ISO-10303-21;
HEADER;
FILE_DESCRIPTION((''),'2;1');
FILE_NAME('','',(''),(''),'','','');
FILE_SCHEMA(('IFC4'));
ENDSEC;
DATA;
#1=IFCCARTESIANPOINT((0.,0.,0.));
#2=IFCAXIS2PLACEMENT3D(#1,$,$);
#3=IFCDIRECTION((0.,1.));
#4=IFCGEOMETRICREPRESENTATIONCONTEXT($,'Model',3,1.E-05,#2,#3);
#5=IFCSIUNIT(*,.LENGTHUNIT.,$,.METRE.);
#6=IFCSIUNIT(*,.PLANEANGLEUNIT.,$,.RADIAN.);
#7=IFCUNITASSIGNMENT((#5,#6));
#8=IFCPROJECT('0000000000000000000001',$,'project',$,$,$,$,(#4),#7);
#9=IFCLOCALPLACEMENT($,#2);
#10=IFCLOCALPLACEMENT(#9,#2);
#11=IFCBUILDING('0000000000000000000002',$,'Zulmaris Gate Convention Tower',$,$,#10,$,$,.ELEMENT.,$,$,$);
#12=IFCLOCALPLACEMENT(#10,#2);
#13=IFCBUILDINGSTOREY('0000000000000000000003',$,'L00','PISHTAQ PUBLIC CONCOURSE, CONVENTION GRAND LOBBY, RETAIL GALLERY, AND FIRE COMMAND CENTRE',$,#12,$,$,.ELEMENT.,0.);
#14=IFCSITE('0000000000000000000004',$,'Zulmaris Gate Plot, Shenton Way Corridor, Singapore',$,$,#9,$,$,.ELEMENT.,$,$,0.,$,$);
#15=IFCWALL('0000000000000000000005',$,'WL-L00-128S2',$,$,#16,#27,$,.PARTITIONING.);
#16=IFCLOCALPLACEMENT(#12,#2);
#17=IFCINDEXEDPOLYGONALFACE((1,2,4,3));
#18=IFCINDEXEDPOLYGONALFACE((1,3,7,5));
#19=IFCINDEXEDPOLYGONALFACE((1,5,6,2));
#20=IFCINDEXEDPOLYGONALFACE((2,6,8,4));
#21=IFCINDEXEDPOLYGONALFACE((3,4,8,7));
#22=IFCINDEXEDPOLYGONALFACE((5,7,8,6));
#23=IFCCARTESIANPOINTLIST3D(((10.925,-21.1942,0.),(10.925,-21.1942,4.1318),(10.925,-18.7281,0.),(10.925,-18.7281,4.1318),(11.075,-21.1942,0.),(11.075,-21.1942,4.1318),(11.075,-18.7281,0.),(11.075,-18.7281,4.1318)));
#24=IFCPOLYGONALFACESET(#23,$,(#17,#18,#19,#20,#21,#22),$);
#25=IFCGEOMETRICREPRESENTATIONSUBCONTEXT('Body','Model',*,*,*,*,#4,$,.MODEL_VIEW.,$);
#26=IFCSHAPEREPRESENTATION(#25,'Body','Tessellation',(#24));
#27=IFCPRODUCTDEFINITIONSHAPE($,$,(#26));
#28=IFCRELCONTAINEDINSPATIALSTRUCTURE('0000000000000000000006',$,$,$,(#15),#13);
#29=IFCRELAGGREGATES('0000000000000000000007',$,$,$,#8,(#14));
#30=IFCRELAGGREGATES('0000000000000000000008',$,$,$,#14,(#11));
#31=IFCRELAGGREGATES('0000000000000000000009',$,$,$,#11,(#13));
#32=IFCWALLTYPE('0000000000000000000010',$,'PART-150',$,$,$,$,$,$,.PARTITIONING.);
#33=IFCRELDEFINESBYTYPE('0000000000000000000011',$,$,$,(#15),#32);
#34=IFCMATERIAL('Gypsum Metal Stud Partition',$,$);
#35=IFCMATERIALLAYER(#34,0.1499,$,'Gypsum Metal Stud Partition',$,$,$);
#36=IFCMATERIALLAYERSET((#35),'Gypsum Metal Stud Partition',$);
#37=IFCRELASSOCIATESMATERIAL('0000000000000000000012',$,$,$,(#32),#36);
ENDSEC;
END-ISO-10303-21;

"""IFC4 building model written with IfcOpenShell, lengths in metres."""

from ifc_helpers import new_model, si_unit, direction, frame, frame_2d, origin, place, context, subcontext, project, spatial, rectangle, extrude, material, layer, layer_set, type_object, element, save


model = new_model("IFC4")

# Units and contexts
model_context = context("Model", 3, precision=1e-05, world=origin(), true_north=direction((0.0, 1.0)))
body_context = subcontext(model_context, "Body", "Model", "MODEL_VIEW")
ifc_project = project(units=[si_unit("LENGTHUNIT", "METRE"), si_unit("PLANEANGLEUNIT", "RADIAN")], contexts=[model_context])

# Site, building, storey
site_placement = place(None, origin())
site = spatial("IfcSite", under=ifc_project, at=site_placement, Name="Zulmaris Gate Plot, Shenton Way Corridor, Singapore", CompositionType="ELEMENT", RefElevation=0.0)
building_placement = place(site_placement, origin())
building = spatial("IfcBuilding", under=site, at=building_placement, Name="Zulmaris Gate Convention Tower", CompositionType="ELEMENT")
storey_placement = place(building_placement, origin())
storey = spatial("IfcBuildingStorey", under=building, at=storey_placement, Name="L00", Description="PISHTAQ PUBLIC CONCOURSE, CONVENTION GRAND LOBBY, RETAIL GALLERY, AND FIRE COMMAND CENTRE", CompositionType="ELEMENT", Elevation=0.0)

# Shared definitions
ifc_material_1 = material(Name="Gypsum Metal Stud Partition")
ifc_layer_1 = layer(ifc_material_1, 0.1499, Name="Gypsum Metal Stud Partition")
ifc_layer_set_1 = layer_set([ifc_layer_1], Name="Gypsum Metal Stud Partition")
wall_type_1 = type_object("IfcWallType", Name="PART-150", PredefinedType="PARTITIONING", material=ifc_layer_set_1)

# Wall
wall_1_placement = place(storey_placement, frame((11.0, -21.1941, 0.0), z_axis=(0.0, 0.0, 1.0), x_axis=(0.0, 1.0, 0.0)))
element("IfcWall", 1, at=wall_1_placement, inside=storey, type_object=wall_type_1, Name="WL-L00-128S2", PredefinedType="PARTITIONING", context=body_context, shape_type="SweptSolid", body=[
    extrude(rectangle(XDim=2.4661, YDim=0.1499, at=frame_2d((1.2329, 0.0))), origin(), (0.0, 0.0, 1.0), 4.1318),
])

save(model, "model.ifc")
